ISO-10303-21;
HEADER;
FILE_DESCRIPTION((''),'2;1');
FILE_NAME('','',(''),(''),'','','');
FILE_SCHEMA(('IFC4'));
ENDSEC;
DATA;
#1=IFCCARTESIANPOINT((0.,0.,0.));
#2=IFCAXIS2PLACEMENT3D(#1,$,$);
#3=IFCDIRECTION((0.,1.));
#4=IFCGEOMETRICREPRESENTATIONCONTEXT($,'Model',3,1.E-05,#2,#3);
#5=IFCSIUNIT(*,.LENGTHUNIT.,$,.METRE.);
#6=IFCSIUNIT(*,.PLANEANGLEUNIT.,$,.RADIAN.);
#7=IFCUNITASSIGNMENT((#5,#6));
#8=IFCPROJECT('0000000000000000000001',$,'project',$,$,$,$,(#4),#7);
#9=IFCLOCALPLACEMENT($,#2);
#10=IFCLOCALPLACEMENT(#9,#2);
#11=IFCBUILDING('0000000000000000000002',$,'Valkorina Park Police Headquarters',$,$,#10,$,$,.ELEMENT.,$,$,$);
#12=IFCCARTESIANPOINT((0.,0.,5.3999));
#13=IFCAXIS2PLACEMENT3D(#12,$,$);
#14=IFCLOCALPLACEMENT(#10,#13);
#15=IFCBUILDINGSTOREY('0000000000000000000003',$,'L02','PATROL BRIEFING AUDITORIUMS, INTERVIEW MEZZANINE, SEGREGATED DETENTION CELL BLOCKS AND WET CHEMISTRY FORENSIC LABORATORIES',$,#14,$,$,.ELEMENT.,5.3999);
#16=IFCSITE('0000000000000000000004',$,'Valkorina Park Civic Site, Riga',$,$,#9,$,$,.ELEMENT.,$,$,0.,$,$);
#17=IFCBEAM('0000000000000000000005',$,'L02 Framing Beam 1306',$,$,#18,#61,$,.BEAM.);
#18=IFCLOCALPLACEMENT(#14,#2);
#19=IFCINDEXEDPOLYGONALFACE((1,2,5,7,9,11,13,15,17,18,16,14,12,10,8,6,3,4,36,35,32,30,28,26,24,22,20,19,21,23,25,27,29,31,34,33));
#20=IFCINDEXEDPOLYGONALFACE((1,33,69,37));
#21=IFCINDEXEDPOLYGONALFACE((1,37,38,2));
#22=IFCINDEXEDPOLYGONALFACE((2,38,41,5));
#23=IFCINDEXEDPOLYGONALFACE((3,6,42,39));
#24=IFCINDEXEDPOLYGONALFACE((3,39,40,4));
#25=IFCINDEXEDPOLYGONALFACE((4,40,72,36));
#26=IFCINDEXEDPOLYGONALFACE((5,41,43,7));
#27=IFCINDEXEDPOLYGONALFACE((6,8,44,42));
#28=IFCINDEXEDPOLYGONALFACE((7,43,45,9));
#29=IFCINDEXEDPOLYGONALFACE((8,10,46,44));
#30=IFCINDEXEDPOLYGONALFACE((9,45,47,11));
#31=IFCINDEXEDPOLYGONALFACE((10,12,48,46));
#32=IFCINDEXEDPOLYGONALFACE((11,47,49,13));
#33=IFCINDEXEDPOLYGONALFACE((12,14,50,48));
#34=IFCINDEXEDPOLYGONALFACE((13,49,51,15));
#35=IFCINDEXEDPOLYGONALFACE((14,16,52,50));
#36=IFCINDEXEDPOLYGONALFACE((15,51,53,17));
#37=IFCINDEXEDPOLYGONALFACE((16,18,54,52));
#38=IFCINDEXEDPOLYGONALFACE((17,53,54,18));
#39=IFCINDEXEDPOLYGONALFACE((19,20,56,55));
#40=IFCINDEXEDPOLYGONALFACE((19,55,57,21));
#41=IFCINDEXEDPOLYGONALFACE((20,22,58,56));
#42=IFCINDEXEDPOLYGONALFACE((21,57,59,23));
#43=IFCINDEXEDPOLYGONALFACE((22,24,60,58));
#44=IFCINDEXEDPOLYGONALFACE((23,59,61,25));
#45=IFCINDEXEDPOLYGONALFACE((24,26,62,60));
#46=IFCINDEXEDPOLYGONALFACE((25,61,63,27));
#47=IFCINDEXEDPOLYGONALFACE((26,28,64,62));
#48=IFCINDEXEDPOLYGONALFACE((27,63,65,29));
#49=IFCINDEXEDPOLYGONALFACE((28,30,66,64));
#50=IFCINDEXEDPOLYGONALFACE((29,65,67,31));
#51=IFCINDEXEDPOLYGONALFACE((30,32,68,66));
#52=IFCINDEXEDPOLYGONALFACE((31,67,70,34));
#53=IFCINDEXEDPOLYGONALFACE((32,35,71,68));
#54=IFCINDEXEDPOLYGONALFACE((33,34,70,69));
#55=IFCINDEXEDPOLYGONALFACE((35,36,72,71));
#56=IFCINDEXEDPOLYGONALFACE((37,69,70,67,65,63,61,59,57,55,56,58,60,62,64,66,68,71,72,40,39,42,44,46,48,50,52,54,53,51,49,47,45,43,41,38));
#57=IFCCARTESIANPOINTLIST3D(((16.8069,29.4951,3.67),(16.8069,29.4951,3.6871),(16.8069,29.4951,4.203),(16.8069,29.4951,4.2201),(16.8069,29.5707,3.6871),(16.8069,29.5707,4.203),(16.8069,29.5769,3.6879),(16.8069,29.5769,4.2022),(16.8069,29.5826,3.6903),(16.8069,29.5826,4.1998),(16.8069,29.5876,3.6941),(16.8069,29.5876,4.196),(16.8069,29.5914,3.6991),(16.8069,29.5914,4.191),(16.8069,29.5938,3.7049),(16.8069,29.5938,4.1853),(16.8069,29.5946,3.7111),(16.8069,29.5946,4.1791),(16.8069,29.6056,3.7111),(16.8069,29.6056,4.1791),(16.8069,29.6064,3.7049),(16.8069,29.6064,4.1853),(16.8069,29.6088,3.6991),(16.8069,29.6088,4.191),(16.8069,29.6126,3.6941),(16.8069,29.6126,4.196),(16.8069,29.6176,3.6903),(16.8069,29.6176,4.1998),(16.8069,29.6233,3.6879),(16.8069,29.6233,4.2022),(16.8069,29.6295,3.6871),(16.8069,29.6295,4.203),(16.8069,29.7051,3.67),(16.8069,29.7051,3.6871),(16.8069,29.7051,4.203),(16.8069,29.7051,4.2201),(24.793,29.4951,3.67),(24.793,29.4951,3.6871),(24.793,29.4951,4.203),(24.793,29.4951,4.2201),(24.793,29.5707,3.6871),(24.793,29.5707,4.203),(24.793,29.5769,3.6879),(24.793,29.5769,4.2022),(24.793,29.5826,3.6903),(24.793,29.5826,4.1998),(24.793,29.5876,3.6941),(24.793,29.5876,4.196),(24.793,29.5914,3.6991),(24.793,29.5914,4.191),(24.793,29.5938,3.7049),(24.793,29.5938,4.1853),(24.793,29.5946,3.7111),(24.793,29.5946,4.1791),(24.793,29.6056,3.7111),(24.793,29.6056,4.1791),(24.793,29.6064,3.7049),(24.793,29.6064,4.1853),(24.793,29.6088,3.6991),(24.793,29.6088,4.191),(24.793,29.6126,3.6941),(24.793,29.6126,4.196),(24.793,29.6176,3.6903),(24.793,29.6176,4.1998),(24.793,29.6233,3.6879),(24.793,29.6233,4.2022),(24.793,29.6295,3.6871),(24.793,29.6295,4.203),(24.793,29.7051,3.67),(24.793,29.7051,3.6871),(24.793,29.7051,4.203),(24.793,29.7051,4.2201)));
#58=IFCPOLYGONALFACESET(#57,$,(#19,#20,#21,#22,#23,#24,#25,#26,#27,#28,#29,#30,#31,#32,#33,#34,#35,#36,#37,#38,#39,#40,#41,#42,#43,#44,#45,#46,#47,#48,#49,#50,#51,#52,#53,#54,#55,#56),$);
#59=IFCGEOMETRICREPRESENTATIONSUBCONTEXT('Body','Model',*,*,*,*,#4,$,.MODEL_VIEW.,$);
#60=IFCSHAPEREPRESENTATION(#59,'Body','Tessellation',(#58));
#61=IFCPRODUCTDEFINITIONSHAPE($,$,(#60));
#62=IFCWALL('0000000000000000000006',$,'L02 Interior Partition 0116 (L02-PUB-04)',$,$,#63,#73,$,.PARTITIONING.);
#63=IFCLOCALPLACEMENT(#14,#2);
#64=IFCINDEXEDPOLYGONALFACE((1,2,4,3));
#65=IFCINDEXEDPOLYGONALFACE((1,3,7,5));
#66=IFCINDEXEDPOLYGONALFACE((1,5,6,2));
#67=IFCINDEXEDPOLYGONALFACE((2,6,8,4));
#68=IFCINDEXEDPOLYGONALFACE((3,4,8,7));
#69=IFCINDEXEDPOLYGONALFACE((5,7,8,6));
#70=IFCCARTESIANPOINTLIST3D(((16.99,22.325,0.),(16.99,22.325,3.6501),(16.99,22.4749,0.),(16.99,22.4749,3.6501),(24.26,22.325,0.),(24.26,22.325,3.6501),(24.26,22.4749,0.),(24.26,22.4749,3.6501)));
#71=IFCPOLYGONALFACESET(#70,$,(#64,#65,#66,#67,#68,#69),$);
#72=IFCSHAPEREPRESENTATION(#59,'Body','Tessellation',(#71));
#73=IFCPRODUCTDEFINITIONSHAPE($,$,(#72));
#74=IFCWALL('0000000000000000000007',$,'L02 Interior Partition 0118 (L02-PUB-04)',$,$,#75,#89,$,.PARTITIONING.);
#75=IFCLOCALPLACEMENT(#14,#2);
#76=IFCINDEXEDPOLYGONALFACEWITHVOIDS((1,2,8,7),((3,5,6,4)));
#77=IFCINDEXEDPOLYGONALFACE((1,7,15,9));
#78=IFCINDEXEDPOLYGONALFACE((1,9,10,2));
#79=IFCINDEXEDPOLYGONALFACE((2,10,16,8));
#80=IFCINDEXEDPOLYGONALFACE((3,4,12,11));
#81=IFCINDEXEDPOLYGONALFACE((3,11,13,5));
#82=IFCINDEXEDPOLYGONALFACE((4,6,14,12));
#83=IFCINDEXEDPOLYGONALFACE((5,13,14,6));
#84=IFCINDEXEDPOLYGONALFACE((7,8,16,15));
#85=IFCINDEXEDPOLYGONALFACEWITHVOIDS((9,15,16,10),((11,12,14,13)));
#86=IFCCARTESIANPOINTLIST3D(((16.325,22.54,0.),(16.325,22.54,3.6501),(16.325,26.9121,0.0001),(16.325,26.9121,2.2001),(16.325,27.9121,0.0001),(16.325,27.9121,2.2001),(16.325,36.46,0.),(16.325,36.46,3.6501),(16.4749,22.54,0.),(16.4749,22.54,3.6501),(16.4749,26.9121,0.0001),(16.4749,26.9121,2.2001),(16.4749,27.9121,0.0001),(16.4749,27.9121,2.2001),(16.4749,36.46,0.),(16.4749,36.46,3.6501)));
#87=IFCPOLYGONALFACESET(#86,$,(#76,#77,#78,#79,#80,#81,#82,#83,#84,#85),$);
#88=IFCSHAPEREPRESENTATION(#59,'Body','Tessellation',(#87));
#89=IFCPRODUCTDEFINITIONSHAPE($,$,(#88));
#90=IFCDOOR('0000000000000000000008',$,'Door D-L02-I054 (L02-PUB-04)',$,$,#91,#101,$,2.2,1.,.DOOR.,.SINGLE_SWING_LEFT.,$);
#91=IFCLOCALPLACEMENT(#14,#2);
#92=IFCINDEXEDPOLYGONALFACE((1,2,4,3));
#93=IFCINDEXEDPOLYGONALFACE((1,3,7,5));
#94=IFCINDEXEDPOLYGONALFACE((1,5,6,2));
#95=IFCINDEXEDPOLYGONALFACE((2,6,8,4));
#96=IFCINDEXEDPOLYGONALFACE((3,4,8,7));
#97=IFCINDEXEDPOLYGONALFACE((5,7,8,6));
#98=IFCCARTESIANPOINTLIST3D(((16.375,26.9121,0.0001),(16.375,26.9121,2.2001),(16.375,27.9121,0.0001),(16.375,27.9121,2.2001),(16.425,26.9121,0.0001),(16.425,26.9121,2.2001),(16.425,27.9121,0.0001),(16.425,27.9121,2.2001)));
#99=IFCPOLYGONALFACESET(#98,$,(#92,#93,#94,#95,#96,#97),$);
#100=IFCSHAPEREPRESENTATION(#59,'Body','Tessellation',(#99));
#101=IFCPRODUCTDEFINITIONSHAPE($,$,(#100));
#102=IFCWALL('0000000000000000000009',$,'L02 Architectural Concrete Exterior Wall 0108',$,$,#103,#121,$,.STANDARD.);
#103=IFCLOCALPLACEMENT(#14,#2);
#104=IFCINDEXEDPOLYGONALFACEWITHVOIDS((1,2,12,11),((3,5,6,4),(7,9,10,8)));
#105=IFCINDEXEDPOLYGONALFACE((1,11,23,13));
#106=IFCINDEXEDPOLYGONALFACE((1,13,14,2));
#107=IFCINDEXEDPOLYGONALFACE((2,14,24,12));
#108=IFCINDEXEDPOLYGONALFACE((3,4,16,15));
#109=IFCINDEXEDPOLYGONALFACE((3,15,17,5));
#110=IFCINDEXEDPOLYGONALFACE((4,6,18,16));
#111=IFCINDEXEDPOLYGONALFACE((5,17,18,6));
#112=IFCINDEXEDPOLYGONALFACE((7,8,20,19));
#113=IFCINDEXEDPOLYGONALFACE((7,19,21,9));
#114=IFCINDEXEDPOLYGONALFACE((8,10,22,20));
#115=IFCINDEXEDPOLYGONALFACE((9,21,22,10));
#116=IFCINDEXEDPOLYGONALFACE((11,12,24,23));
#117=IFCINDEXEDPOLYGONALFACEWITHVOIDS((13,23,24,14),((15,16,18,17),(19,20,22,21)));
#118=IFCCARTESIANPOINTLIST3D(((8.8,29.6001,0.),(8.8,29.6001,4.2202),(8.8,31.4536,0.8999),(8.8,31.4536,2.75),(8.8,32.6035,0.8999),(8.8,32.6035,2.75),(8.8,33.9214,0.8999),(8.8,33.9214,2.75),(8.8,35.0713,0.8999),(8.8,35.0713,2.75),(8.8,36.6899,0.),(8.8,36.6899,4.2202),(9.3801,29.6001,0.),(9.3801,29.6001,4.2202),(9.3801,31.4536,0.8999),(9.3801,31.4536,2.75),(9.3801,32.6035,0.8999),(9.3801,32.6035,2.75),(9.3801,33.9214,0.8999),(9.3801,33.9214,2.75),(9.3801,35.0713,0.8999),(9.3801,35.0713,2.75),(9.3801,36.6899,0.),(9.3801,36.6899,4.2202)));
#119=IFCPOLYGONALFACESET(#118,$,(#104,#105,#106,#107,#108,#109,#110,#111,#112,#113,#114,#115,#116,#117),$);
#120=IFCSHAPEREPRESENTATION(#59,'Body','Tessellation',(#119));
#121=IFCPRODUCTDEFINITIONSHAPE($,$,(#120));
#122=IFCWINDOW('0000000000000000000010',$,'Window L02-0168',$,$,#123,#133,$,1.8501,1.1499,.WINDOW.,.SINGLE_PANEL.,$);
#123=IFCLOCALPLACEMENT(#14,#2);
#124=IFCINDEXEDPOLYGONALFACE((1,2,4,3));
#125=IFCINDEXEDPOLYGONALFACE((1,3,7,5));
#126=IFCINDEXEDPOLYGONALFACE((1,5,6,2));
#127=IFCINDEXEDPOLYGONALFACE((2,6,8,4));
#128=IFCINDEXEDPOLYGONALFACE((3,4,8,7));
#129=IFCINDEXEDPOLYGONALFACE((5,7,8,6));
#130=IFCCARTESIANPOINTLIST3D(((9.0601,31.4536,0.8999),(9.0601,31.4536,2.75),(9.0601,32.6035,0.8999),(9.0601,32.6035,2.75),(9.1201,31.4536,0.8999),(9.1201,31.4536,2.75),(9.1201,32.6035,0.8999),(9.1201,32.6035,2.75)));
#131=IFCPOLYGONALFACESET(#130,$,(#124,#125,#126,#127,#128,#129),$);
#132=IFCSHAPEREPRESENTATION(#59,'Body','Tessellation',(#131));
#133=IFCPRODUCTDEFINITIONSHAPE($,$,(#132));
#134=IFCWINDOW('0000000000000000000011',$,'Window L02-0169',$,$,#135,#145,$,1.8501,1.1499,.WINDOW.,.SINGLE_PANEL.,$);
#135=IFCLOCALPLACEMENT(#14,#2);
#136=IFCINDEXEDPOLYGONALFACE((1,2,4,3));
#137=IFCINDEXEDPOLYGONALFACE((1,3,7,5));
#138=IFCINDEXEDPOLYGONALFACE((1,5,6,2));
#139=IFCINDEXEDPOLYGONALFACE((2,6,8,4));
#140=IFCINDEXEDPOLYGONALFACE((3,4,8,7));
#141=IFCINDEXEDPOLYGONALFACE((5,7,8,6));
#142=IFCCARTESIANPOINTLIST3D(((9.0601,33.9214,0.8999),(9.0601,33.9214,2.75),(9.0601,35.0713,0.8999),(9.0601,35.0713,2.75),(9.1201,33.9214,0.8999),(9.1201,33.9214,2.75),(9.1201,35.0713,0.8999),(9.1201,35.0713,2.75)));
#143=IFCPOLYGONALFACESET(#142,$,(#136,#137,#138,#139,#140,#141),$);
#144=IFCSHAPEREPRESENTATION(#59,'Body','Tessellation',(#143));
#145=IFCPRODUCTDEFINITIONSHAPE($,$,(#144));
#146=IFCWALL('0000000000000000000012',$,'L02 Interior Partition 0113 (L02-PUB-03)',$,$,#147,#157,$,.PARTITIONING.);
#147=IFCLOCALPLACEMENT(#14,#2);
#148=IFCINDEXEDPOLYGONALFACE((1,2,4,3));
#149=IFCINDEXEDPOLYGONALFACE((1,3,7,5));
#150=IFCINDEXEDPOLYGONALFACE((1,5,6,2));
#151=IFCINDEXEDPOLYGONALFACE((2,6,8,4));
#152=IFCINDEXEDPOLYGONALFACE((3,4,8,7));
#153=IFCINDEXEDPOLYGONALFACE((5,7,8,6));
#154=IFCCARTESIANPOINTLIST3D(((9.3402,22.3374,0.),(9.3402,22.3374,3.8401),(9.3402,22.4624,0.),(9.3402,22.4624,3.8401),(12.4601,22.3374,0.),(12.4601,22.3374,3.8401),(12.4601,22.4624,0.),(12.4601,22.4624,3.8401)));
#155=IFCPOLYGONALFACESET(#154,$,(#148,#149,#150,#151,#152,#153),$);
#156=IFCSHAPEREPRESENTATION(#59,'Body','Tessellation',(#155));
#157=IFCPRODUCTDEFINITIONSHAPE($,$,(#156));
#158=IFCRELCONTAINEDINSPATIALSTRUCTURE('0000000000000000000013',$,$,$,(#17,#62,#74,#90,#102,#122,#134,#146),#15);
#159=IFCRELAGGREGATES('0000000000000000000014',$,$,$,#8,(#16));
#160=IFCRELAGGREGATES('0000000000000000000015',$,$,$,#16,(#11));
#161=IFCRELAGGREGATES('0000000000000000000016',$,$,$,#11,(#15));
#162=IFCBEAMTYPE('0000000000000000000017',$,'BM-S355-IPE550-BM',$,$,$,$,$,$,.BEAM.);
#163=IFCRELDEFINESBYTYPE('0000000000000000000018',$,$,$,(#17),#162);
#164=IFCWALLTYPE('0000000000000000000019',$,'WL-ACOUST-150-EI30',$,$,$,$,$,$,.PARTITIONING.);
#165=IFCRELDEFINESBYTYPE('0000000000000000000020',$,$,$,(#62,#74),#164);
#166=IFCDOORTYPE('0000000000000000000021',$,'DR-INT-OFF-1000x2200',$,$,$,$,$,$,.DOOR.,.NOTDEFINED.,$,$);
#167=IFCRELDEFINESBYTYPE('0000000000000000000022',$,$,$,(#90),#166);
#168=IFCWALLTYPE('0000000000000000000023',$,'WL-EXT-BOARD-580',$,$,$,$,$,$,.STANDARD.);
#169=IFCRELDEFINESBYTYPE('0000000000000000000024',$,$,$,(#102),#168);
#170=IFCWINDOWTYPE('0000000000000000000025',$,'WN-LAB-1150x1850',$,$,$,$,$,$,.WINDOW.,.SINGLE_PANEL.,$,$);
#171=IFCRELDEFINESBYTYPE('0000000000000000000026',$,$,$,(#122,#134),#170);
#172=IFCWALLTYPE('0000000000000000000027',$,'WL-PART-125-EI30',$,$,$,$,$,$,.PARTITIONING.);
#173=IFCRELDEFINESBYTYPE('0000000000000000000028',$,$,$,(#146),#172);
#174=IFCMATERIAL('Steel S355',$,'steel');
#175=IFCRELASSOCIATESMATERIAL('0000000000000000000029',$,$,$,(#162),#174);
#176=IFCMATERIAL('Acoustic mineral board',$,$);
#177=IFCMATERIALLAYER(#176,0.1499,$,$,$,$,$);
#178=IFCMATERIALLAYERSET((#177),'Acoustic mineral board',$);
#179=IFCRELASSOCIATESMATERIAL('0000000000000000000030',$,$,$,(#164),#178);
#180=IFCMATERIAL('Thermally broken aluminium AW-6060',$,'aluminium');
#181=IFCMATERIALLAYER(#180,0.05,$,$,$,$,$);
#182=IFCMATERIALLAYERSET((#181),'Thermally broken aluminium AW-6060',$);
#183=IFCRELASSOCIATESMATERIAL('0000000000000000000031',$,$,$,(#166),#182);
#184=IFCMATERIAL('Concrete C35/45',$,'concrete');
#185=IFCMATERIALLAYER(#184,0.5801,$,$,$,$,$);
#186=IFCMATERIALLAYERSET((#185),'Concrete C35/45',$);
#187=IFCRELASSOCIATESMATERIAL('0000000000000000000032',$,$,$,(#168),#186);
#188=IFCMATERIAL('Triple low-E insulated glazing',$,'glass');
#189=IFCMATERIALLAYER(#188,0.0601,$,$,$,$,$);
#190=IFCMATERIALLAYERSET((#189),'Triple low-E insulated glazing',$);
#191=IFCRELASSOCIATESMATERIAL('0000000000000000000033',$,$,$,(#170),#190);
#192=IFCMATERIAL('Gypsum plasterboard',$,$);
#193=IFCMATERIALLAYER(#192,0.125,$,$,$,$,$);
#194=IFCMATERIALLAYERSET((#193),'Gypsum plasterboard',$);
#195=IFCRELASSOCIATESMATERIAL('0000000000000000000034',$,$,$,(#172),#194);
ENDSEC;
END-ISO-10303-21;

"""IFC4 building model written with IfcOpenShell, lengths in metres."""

from ifc_helpers import new_model, si_unit, direction, frame, frame_2d, origin, origin_2d, place, context, subcontext, project, spatial, rectangle, i_section, extrude, material, layer, layer_set, material_profile, profile_set, type_object, element, fill, save


model = new_model("IFC4")

# Units and contexts
model_context = context("Model", 3, precision=1e-05, world=origin(), true_north=direction((0.0, 1.0)))
body_context = subcontext(model_context, "Body", "Model", "MODEL_VIEW")
ifc_project = project(units=[si_unit("LENGTHUNIT", "METRE"), si_unit("PLANEANGLEUNIT", "RADIAN")], contexts=[model_context])

# Site, building, storey
site_placement = place(None, origin())
site = spatial("IfcSite", under=ifc_project, at=site_placement, Name="Valkorina Park Civic Site, Riga", CompositionType="ELEMENT", RefElevation=0.0)
building_placement = place(site_placement, origin())
building = spatial("IfcBuilding", under=site, at=building_placement, Name="Valkorina Park Police Headquarters", CompositionType="ELEMENT")
storey_placement = place(building_placement, frame((0.0, 0.0, 5.3999)))
storey = spatial("IfcBuildingStorey", under=building, at=storey_placement, Name="L02", Description="PATROL BRIEFING AUDITORIUMS, INTERVIEW MEZZANINE, SEGREGATED DETENTION CELL BLOCKS AND WET CHEMISTRY FORENSIC LABORATORIES", CompositionType="ELEMENT", Elevation=5.3999)

# Shared definitions
ifc_material_1 = material(Name="Steel S355", Category="steel")

# Beam
ifc_material_profile_1 = material_profile(ifc_material_1, i_section(OverallWidth=0.21, OverallDepth=0.55, WebThickness=0.011, FlangeThickness=0.0171, FilletRadius=0.0239, at=origin_2d()), Name="IPE 550")
ifc_profile_set_1 = profile_set([ifc_material_profile_1], Name="Steel S355")
beam_type_1 = type_object("IfcBeamType", Name="BM-S355-IPE550-BM", PredefinedType="BEAM", material=ifc_profile_set_1)
for number, where, z_axis, x_axis, name in (
    (1, (16.8069, 29.6001, 3.9451), (1.0, 0.0, 0.0), (0.0, 1.0, 0.0), "L02 Framing Beam 1306"),
):
    element("IfcBeam", number, at=place(storey_placement, frame(where, z_axis=z_axis, x_axis=x_axis)), inside=storey, type_object=beam_type_1, Name=name, PredefinedType="BEAM", context=body_context, shape_type="SweptSolid", body=[
        extrude(i_section(OverallWidth=0.21, OverallDepth=0.55, WebThickness=0.011, FlangeThickness=0.0171, FilletRadius=0.0239, at=origin_2d()), origin(), (0.0, 0.0, 1.0), 7.9861),
    ])

# Wall
ifc_material_2 = material(Name="Acoustic mineral board")
ifc_layer_1 = layer(ifc_material_2, 0.1499)
ifc_layer_set_1 = layer_set([ifc_layer_1], Name="Acoustic mineral board")
wall_type_1 = type_object("IfcWallType", Name="WL-ACOUST-150-EI30", PredefinedType="PARTITIONING", material=ifc_layer_set_1)
wall_1_placement = place(storey_placement, frame((16.99, 22.3999, 0.0), z_axis=(0.0, 0.0, 1.0), x_axis=(1.0, 0.0, 0.0)))
element("IfcWall", 2, at=wall_1_placement, inside=storey, type_object=wall_type_1, Name="L02 Interior Partition 0116 (L02-PUB-04)", PredefinedType="PARTITIONING", context=body_context, shape_type="SweptSolid", body=[
    extrude(rectangle(XDim=7.27, YDim=0.1499, at=frame_2d((3.635, 0.0))), origin(), (0.0, 0.0, 1.0), 3.6501),
])

# Wall, opening, door
wall_2_placement = place(storey_placement, frame((16.3999, 22.54, 0.0), z_axis=(0.0, 0.0, 1.0), x_axis=(0.0, 1.0, 0.0)))
wall_2 = element("IfcWall", 3, at=wall_2_placement, inside=storey, type_object=wall_type_1, Name="L02 Interior Partition 0118 (L02-PUB-04)", PredefinedType="PARTITIONING", context=body_context, shape_type="SweptSolid", body=[
    extrude(rectangle(XDim=13.9199, YDim=0.1499, at=frame_2d((6.96, 0.0))), origin(), (0.0, 0.0, 1.0), 3.6501),
])
opening_1_placement = place(wall_2_placement, frame((4.3721, 0.0, 0.0)))
opening_1 = element("IfcOpeningElement", 4, at=opening_1_placement, cuts=wall_2, PredefinedType="OPENING", context=body_context, shape_type="SweptSolid", body=[
    extrude(rectangle(XDim=1.0, YDim=2.2, at=frame_2d((0.5, 1.1001))), frame((0.0, 0.085, 0.0), z_axis=(0.0, -1.0, 0.0), x_axis=(1.0, 0.0, 0.0)), (0.0, 0.0, 1.0), 0.1699),
])
ifc_material_3 = material(Name="Thermally broken aluminium AW-6060", Category="aluminium")
ifc_layer_2 = layer(ifc_material_3, 0.05)
ifc_layer_set_2 = layer_set([ifc_layer_2], Name="Thermally broken aluminium AW-6060")
door_type = type_object("IfcDoorType", Name="DR-INT-OFF-1000x2200", OperationType="NOTDEFINED", PredefinedType="DOOR", material=ifc_layer_set_2)
door_1_placement = place(opening_1_placement, origin())
door_1 = element("IfcDoor", 5, at=door_1_placement, inside=storey, type_object=door_type, Name="Door D-L02-I054 (L02-PUB-04)", OperationType="SINGLE_SWING_LEFT", OverallHeight=2.2, OverallWidth=1.0, PredefinedType="DOOR", context=body_context, shape_type="SweptSolid", body=[
    extrude(rectangle(XDim=1.0, YDim=2.2, at=frame_2d((0.5, 1.1001))), frame((0.0, 0.0249, 0.0), z_axis=(0.0, -1.0, 0.0), x_axis=(1.0, 0.0, 0.0)), (0.0, 0.0, 1.0), 0.05),
])
fill(opening_1, door_1)

# Wall, openings, windows
ifc_material_4 = material(Name="Concrete C35/45", Category="concrete")
ifc_layer_3 = layer(ifc_material_4, 0.5801)
ifc_layer_set_3 = layer_set([ifc_layer_3], Name="Concrete C35/45")
wall_type_2 = type_object("IfcWallType", Name="WL-EXT-BOARD-580", PredefinedType="STANDARD", material=ifc_layer_set_3)
wall_3_placement = place(storey_placement, frame((9.0901, 29.6001, 0.0), z_axis=(0.0, 0.0, 1.0), x_axis=(0.0, 1.0, 0.0)))
wall_3 = element("IfcWall", 6, at=wall_3_placement, inside=storey, type_object=wall_type_2, Name="L02 Architectural Concrete Exterior Wall 0108", PredefinedType="STANDARD", context=body_context, shape_type="SweptSolid", body=[
    extrude(rectangle(XDim=7.0898, YDim=0.5801, at=frame_2d((3.5449, 0.0))), origin(), (0.0, 0.0, 1.0), 4.2202),
])
opening_2_placement = place(wall_3_placement, frame((1.8535, 0.0, 0.8999)))
opening_2 = element("IfcOpeningElement", 7, at=opening_2_placement, cuts=wall_3, PredefinedType="OPENING", context=body_context, shape_type="SweptSolid", body=[
    extrude(rectangle(XDim=1.1499, YDim=1.8501, at=frame_2d((0.575, 0.925))), frame((0.0, 0.3, 0.0), z_axis=(0.0, -1.0, 0.0), x_axis=(1.0, 0.0, 0.0)), (0.0, 0.0, 1.0), 0.6001),
])
opening_3_placement = place(wall_3_placement, frame((4.3213, 0.0, 0.8999)))
opening_3 = element("IfcOpeningElement", 8, at=opening_3_placement, cuts=wall_3, PredefinedType="OPENING", context=body_context, shape_type="SweptSolid", body=[
    extrude(rectangle(XDim=1.1499, YDim=1.8501, at=frame_2d((0.575, 0.925))), frame((0.0, 0.3, 0.0), z_axis=(0.0, -1.0, 0.0), x_axis=(1.0, 0.0, 0.0)), (0.0, 0.0, 1.0), 0.6001),
])
ifc_material_5 = material(Name="Triple low-E insulated glazing", Category="glass")
ifc_layer_4 = layer(ifc_material_5, 0.0601)
ifc_layer_set_4 = layer_set([ifc_layer_4], Name="Triple low-E insulated glazing")
window_type = type_object("IfcWindowType", Name="WN-LAB-1150x1850", PartitioningType="SINGLE_PANEL", PredefinedType="WINDOW", material=ifc_layer_set_4)
window_1_placement = place(opening_2_placement, origin())
window_1 = element("IfcWindow", 9, at=window_1_placement, inside=storey, type_object=window_type, Name="Window L02-0168", OverallHeight=1.8501, OverallWidth=1.1499, PartitioningType="SINGLE_PANEL", PredefinedType="WINDOW", context=body_context, shape_type="SweptSolid", body=[
    extrude(rectangle(XDim=1.1499, YDim=1.8501, at=frame_2d((0.575, 0.925))), frame((0.0, 0.03, 0.0), z_axis=(0.0, -1.0, 0.0), x_axis=(1.0, 0.0, 0.0)), (0.0, 0.0, 1.0), 0.0601),
])
fill(opening_2, window_1)
window_2_placement = place(opening_3_placement, origin())
window_2 = element("IfcWindow", 10, at=window_2_placement, inside=storey, type_object=window_type, Name="Window L02-0169", OverallHeight=1.8501, OverallWidth=1.1499, PartitioningType="SINGLE_PANEL", PredefinedType="WINDOW", context=body_context, shape_type="SweptSolid", body=[
    extrude(rectangle(XDim=1.1499, YDim=1.8501, at=frame_2d((0.575, 0.925))), frame((0.0, 0.03, 0.0), z_axis=(0.0, -1.0, 0.0), x_axis=(1.0, 0.0, 0.0)), (0.0, 0.0, 1.0), 0.0601),
])
fill(opening_3, window_2)

# Wall
ifc_material_6 = material(Name="Gypsum plasterboard")
ifc_layer_5 = layer(ifc_material_6, 0.125)
ifc_layer_set_5 = layer_set([ifc_layer_5], Name="Gypsum plasterboard")
wall_type_3 = type_object("IfcWallType", Name="WL-PART-125-EI30", PredefinedType="PARTITIONING", material=ifc_layer_set_5)
wall_4_placement = place(storey_placement, frame((9.3401, 22.3999, 0.0), z_axis=(0.0, 0.0, 1.0), x_axis=(1.0, 0.0, 0.0)))
element("IfcWall", 11, at=wall_4_placement, inside=storey, type_object=wall_type_3, Name="L02 Interior Partition 0113 (L02-PUB-03)", PredefinedType="PARTITIONING", context=body_context, shape_type="SweptSolid", body=[
    extrude(rectangle(XDim=3.1199, YDim=0.125, at=frame_2d((1.5601, 0.0))), origin(), (0.0, 0.0, 1.0), 3.8401),
])

save(model, "model.ifc")
